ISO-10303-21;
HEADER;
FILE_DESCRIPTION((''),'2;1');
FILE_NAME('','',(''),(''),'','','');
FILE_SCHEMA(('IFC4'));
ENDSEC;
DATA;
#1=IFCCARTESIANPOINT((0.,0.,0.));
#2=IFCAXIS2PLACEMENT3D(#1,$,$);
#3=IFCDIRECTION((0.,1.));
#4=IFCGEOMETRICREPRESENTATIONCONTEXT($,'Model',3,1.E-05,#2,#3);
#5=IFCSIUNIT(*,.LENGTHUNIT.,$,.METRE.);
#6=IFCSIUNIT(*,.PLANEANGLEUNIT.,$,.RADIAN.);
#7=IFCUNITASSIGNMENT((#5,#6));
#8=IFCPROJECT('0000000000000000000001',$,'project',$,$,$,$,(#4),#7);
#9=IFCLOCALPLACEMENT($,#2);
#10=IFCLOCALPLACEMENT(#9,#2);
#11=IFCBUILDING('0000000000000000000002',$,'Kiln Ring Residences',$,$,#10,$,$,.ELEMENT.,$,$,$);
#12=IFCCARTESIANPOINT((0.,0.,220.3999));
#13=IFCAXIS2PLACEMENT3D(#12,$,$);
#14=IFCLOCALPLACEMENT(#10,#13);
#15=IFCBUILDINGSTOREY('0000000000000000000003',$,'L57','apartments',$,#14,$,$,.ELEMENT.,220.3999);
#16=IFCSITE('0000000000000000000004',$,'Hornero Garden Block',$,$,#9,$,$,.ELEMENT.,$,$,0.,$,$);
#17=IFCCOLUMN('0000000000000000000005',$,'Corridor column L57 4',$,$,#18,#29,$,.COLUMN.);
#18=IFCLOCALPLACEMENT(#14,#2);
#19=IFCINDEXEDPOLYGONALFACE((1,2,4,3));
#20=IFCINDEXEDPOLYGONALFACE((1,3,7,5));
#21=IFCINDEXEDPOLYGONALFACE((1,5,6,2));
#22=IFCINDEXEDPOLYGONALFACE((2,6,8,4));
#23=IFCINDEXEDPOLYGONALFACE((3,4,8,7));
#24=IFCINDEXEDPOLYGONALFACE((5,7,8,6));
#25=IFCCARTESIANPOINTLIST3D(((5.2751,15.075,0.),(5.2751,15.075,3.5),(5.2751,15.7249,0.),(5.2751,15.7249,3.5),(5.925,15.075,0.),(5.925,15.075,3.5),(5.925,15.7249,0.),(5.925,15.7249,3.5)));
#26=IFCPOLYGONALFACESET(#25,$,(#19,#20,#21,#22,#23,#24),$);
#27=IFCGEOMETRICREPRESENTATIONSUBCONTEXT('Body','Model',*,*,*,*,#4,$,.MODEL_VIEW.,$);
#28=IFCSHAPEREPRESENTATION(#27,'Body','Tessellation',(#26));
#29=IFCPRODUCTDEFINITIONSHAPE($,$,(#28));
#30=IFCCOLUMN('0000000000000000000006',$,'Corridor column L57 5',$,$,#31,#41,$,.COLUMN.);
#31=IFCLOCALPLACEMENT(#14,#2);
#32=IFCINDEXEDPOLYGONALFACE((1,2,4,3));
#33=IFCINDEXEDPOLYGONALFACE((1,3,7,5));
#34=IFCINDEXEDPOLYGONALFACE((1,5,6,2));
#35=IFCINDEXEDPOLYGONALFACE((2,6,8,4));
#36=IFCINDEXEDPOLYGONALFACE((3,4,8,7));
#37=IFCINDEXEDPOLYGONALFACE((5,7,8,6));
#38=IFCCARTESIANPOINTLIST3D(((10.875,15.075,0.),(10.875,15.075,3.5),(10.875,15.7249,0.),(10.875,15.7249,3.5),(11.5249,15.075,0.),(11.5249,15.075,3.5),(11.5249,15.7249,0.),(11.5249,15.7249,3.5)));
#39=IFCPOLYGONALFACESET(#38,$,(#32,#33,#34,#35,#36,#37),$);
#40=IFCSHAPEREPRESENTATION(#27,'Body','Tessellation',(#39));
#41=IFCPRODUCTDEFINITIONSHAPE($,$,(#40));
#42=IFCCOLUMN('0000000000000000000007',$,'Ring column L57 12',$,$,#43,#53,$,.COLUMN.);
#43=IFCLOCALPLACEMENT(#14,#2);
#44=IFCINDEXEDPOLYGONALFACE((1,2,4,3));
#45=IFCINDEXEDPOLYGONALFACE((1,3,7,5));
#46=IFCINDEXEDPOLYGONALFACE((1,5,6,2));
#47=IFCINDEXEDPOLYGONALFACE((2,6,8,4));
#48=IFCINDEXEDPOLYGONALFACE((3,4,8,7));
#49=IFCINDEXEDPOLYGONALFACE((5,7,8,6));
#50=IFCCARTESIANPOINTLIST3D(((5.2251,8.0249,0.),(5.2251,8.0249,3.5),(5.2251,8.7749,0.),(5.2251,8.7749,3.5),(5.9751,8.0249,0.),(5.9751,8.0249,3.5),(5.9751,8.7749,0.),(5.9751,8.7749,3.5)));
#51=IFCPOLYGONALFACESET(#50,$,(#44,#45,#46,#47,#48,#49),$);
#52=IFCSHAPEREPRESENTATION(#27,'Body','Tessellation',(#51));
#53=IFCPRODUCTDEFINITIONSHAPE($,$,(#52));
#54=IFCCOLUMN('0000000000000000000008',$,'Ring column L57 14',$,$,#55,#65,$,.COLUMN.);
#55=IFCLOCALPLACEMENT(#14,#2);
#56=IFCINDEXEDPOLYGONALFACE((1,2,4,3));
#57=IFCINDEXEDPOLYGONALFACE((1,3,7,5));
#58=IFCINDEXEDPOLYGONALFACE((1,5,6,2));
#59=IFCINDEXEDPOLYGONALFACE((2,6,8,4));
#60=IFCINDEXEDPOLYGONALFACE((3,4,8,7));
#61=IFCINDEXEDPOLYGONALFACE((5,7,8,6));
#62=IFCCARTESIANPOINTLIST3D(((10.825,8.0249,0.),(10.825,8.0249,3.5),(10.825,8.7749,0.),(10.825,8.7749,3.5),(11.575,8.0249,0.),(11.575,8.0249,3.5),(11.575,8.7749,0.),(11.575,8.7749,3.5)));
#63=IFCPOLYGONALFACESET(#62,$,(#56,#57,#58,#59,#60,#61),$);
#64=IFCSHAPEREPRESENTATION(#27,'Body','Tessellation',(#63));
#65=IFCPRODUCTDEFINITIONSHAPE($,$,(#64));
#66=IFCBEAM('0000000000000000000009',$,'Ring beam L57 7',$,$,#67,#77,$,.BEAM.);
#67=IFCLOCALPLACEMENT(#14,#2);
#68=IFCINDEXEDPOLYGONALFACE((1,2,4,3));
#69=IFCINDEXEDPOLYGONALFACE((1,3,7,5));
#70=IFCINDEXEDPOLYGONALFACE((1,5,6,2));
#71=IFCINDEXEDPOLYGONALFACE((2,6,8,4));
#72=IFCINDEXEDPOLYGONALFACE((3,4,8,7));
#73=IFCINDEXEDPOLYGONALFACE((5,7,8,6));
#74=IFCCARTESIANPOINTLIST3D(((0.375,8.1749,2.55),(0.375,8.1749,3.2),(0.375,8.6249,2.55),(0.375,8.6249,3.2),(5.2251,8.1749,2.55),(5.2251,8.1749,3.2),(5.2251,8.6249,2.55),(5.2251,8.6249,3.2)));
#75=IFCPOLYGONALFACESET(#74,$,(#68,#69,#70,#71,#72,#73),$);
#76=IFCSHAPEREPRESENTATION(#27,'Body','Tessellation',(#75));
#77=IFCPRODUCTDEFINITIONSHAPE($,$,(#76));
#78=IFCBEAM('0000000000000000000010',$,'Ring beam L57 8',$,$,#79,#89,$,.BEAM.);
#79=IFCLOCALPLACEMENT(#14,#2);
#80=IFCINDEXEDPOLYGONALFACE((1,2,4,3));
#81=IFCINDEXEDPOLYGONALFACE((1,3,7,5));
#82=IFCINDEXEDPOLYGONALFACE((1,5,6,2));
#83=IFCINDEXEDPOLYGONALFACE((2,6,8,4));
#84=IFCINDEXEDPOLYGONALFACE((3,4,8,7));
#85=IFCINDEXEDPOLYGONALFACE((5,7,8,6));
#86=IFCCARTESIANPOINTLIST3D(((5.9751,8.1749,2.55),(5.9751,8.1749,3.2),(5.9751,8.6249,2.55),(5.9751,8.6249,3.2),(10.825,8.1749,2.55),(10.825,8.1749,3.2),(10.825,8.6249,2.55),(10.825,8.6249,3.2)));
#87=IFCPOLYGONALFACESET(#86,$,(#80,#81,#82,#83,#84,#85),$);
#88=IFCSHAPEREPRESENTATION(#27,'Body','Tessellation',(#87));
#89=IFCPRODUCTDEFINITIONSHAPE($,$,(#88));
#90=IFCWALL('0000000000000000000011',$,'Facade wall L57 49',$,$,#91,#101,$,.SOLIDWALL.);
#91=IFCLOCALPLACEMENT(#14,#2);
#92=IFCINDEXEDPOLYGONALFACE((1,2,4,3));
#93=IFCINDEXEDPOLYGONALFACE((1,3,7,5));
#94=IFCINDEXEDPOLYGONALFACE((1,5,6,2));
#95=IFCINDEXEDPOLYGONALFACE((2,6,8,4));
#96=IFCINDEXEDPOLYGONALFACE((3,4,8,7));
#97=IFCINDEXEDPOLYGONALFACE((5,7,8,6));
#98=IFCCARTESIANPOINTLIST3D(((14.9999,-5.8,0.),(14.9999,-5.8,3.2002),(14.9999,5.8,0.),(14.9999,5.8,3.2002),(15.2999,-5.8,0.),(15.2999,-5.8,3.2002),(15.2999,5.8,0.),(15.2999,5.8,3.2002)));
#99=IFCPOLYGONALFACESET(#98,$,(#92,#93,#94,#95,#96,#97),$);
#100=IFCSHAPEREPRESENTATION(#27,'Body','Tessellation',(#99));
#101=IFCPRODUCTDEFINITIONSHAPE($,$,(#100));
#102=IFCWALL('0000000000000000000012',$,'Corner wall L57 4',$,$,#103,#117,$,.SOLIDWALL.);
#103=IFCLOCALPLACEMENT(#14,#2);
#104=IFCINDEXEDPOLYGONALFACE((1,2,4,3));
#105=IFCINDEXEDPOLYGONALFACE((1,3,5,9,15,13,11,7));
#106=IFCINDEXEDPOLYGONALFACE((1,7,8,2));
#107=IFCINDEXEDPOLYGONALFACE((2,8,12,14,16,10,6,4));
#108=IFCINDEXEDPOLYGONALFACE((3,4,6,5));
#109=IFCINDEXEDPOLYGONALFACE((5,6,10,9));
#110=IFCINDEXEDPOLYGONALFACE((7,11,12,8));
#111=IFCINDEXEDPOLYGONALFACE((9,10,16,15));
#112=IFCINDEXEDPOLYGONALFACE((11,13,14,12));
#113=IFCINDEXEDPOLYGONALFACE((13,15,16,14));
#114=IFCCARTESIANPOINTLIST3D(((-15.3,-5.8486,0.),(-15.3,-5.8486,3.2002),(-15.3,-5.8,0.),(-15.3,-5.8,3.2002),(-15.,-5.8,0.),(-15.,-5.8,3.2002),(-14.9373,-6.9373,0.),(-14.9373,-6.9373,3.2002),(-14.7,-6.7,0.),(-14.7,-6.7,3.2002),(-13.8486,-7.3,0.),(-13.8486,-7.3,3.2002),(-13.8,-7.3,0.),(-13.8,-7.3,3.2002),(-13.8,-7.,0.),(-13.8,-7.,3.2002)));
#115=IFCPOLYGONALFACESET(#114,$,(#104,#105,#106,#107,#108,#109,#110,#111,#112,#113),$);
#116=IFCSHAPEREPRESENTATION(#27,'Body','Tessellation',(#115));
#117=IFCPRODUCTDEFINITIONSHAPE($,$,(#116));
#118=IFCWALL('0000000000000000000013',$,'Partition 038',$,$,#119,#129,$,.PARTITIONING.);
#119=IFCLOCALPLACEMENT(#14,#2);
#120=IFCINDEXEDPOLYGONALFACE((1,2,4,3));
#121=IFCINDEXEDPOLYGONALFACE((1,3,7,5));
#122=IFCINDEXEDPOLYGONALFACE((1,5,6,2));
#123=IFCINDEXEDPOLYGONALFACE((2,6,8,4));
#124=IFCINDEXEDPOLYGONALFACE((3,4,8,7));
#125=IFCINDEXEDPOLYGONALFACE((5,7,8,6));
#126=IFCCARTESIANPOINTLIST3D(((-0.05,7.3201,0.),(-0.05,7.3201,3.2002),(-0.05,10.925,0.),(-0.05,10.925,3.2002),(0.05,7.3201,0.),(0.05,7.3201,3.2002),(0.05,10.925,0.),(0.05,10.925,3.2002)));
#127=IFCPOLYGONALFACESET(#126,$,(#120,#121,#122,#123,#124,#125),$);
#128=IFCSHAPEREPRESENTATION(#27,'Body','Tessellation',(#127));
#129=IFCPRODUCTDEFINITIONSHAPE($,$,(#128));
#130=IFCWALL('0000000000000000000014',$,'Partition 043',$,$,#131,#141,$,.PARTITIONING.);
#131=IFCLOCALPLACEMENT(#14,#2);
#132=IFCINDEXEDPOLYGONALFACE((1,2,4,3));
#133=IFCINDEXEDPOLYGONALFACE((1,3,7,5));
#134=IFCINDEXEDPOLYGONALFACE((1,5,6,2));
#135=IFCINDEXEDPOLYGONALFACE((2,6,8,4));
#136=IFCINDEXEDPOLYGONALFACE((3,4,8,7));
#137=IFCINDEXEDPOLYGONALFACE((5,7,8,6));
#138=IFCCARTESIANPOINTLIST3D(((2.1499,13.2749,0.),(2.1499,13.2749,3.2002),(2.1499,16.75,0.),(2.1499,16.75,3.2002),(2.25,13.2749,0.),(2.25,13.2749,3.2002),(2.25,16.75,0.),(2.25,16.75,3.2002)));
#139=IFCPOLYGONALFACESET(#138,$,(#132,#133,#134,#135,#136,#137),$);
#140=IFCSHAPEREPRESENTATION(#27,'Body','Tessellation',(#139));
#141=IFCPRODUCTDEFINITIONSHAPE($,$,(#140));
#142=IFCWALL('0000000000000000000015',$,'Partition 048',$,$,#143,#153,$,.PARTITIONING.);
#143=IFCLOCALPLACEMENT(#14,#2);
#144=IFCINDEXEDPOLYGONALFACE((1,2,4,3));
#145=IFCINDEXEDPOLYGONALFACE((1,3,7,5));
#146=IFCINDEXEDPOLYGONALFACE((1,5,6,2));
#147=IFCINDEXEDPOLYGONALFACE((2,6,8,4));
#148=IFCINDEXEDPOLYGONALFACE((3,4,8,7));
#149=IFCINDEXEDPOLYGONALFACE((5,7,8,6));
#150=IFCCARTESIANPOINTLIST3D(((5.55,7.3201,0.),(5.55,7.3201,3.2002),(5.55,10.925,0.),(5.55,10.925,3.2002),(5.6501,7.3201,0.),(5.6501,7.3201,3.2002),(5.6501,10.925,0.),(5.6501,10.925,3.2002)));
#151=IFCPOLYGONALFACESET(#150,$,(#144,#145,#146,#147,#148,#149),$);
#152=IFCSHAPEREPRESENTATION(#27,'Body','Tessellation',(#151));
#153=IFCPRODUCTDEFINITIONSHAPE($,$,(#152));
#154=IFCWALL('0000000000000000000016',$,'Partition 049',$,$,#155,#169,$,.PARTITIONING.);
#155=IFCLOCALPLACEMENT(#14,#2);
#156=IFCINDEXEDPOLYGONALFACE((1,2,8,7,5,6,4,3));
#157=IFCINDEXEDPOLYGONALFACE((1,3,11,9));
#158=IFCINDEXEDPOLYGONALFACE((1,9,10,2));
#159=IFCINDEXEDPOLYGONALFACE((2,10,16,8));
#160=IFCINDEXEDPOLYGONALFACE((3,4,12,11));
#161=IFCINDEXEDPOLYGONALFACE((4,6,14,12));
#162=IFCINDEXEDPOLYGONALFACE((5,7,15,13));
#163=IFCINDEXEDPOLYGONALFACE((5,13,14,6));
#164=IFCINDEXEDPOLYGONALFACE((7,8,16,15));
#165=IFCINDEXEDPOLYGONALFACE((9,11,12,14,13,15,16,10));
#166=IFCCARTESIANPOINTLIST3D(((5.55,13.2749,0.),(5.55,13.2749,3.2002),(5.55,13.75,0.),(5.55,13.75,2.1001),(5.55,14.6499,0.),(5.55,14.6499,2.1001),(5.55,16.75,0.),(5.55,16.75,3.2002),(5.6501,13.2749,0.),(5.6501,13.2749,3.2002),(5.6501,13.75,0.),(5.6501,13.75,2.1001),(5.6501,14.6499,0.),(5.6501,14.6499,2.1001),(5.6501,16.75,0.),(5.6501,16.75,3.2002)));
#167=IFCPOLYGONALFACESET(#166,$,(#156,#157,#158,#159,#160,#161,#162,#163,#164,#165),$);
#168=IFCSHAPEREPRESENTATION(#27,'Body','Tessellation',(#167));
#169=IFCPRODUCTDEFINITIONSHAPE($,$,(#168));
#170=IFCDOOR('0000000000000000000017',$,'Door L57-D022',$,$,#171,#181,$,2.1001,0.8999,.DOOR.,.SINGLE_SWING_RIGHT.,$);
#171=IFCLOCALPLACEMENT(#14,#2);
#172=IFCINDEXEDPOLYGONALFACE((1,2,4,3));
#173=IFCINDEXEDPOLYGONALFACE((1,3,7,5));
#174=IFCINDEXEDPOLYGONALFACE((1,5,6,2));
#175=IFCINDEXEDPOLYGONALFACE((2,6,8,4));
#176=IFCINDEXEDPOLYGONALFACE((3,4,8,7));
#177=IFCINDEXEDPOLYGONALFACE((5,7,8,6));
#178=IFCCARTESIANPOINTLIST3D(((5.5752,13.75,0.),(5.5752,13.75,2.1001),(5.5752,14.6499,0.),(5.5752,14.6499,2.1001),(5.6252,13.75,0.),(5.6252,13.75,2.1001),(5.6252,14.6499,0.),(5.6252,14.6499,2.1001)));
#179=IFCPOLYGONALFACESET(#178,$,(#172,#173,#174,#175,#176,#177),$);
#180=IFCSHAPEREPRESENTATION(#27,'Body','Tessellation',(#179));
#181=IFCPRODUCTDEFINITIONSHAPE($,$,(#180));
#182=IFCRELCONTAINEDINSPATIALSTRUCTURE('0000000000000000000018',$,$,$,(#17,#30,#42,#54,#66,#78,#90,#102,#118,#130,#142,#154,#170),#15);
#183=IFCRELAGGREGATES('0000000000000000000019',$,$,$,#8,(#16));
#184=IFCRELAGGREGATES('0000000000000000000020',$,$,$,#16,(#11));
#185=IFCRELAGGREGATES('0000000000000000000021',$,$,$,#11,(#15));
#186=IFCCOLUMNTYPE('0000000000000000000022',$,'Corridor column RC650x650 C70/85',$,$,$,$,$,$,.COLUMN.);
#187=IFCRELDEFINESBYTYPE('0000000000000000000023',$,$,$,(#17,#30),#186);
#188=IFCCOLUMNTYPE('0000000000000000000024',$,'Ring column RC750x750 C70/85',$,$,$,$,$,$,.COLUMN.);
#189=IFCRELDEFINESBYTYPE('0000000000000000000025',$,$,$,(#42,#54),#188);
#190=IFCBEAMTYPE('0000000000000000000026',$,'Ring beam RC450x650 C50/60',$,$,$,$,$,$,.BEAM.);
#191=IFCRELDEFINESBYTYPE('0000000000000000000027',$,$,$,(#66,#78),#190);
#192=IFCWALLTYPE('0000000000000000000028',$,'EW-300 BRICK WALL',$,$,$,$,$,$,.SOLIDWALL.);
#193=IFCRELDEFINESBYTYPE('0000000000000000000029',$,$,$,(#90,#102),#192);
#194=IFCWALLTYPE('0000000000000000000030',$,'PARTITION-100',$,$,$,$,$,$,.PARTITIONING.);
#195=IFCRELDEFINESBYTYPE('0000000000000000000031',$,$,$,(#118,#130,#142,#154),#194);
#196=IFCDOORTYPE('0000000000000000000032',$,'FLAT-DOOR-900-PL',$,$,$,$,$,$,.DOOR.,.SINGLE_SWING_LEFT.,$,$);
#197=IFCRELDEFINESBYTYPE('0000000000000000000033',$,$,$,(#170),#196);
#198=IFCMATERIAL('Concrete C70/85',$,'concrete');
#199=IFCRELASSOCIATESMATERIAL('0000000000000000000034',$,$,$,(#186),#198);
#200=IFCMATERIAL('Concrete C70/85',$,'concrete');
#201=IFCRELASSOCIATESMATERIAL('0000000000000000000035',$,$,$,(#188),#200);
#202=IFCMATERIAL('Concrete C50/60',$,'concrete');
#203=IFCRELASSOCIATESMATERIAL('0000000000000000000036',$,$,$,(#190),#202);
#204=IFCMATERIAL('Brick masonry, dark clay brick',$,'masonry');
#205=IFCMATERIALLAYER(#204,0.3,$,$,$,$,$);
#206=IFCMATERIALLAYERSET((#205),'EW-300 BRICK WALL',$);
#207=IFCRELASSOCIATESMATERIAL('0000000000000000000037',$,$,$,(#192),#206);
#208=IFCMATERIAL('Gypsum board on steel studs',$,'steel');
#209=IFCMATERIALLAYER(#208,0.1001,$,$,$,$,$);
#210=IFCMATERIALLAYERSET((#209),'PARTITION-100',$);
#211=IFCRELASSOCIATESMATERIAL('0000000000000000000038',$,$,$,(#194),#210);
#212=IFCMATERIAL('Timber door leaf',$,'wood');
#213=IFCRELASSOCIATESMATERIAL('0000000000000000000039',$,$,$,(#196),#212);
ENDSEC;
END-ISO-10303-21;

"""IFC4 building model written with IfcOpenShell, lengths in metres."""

from ifc_helpers import new_model, si_unit, direction, frame, frame_2d, origin, origin_2d, place, context, subcontext, project, spatial, polyline, rectangle, outline, extrude, material, layer, layer_set, material_profile, profile_set, type_object, element, fill, save


model = new_model("IFC4")

# Units and contexts
model_context = context("Model", 3, precision=1e-05, world=origin(), true_north=direction((0.0, 1.0)))
body_context = subcontext(model_context, "Body", "Model", "MODEL_VIEW")
ifc_project = project(units=[si_unit("LENGTHUNIT", "METRE"), si_unit("PLANEANGLEUNIT", "RADIAN")], contexts=[model_context])

# Site, building, storey
site_placement = place(None, origin())
site = spatial("IfcSite", under=ifc_project, at=site_placement, Name="Hornero Garden Block", CompositionType="ELEMENT", RefElevation=0.0)
building_placement = place(site_placement, origin())
building = spatial("IfcBuilding", under=site, at=building_placement, Name="Kiln Ring Residences", CompositionType="ELEMENT")
storey_placement = place(building_placement, frame((0.0, 0.0, 220.3999)))
storey = spatial("IfcBuildingStorey", under=building, at=storey_placement, Name="L57", Description="apartments", CompositionType="ELEMENT", Elevation=220.3999)

# Columns
ifc_material_1 = material(Name="Concrete C70/85", Category="concrete")
ifc_material_profile_1 = material_profile(ifc_material_1, rectangle(XDim=0.6499, YDim=0.6499, at=origin_2d()), Name="RC650x650")
ifc_profile_set_1 = profile_set([ifc_material_profile_1], Name="Concrete C70/85")
column_type_1 = type_object("IfcColumnType", Name="Corridor column RC650x650 C70/85", PredefinedType="COLUMN", material=ifc_profile_set_1)
for number, where, z_axis, x_axis, name in (
    (1, (5.6001, 15.3999, 0.0), (0.0, 0.0, 1.0), (1.0, 0.0, 0.0), "Corridor column L57 4"),
    (2, (11.2, 15.3999, 0.0), (0.0, 0.0, 1.0), (1.0, 0.0, 0.0), "Corridor column L57 5"),
):
    element("IfcColumn", number, at=place(storey_placement, frame(where, z_axis=z_axis, x_axis=x_axis)), inside=storey, type_object=column_type_1, Name=name, PredefinedType="COLUMN", context=body_context, shape_type="SweptSolid", body=[
        extrude(rectangle(XDim=0.6499, YDim=0.6499, at=origin_2d()), origin(), (0.0, 0.0, 1.0), 3.5),
    ])
ifc_material_2 = material(Name="Concrete C70/85", Category="concrete")
ifc_material_profile_2 = material_profile(ifc_material_2, rectangle(XDim=0.75, YDim=0.75, at=origin_2d()), Name="RC750x750")
ifc_profile_set_2 = profile_set([ifc_material_profile_2], Name="Concrete C70/85")
column_type_2 = type_object("IfcColumnType", Name="Ring column RC750x750 C70/85", PredefinedType="COLUMN", material=ifc_profile_set_2)
for number, where, z_axis, x_axis, name in (
    (3, (5.6001, 8.3999, 0.0), (0.0, 0.0, 1.0), (1.0, 0.0, 0.0), "Ring column L57 12"),
    (4, (11.2, 8.3999, 0.0), (0.0, 0.0, 1.0), (1.0, 0.0, 0.0), "Ring column L57 14"),
):
    element("IfcColumn", number, at=place(storey_placement, frame(where, z_axis=z_axis, x_axis=x_axis)), inside=storey, type_object=column_type_2, Name=name, PredefinedType="COLUMN", context=body_context, shape_type="SweptSolid", body=[
        extrude(rectangle(XDim=0.75, YDim=0.75, at=origin_2d()), origin(), (0.0, 0.0, 1.0), 3.5),
    ])

# Beams
ifc_material_3 = material(Name="Concrete C50/60", Category="concrete")
ifc_material_profile_3 = material_profile(ifc_material_3, rectangle(XDim=0.45, YDim=0.6499, at=origin_2d()), Name="RC450x650")
ifc_profile_set_3 = profile_set([ifc_material_profile_3], Name="Concrete C50/60")
beam_type = type_object("IfcBeamType", Name="Ring beam RC450x650 C50/60", PredefinedType="BEAM", material=ifc_profile_set_3)
beam_1_placement = place(storey_placement, frame((0.375, 8.3999, 2.875), z_axis=(1.0, 0.0, 0.0), x_axis=(0.0, 1.0, 0.0)))
element("IfcBeam", 5, at=beam_1_placement, inside=storey, type_object=beam_type, Name="Ring beam L57 7", PredefinedType="BEAM", context=body_context, shape_type="SweptSolid", body=[
    extrude(rectangle(XDim=0.45, YDim=0.6499, at=origin_2d()), origin(), (0.0, 0.0, 1.0), 4.8501),
])
beam_2_placement = place(storey_placement, frame((5.9751, 8.3999, 2.875), z_axis=(1.0, 0.0, 0.0), x_axis=(0.0, 1.0, 0.0)))
element("IfcBeam", 6, at=beam_2_placement, inside=storey, type_object=beam_type, Name="Ring beam L57 8", PredefinedType="BEAM", context=body_context, shape_type="SweptSolid", body=[
    extrude(rectangle(XDim=0.45, YDim=0.6499, at=origin_2d()), origin(), (0.0, 0.0, 1.0), 4.8499),
])

# Walls
ifc_material_4 = material(Name="Brick masonry, dark clay brick", Category="masonry")
ifc_layer_1 = layer(ifc_material_4, 0.3)
ifc_layer_set_1 = layer_set([ifc_layer_1], Name="EW-300 BRICK WALL")
wall_type_1 = type_object("IfcWallType", Name="EW-300 BRICK WALL", PredefinedType="SOLIDWALL", material=ifc_layer_set_1)
wall_1_placement = place(storey_placement, frame((15.1499, 5.8, 0.0), z_axis=(0.0, 0.0, 1.0), x_axis=(0.0, -1.0, 0.0)))
element("IfcWall", 7, at=wall_1_placement, inside=storey, type_object=wall_type_1, Name="Facade wall L57 49", PredefinedType="SOLIDWALL", context=body_context, shape_type="SweptSolid", body=[
    extrude(rectangle(XDim=11.6001, YDim=0.3, at=frame_2d((5.8, 0.0))), origin(), (0.0, 0.0, 1.0), 3.2002),
])
wall_2_placement = place(storey_placement, origin())
element("IfcWall", 8, at=wall_2_placement, inside=storey, type_object=wall_type_1, Name="Corner wall L57 4", PredefinedType="SOLIDWALL", context=body_context, shape_type="SweptSolid", body=[
    extrude(outline(polyline([(-14.9373, -6.9373), (-13.8486, -7.3), (-13.8, -7.3), (-13.8, -7.0), (-14.7, -6.7), (-15.0, -5.8), (-15.3, -5.8), (-15.3, -5.8486), (-14.9373, -6.9373)])), origin(), (0.0, 0.0, 1.0), 3.2002),
])
ifc_material_5 = material(Name="Gypsum board on steel studs", Category="steel")
ifc_layer_2 = layer(ifc_material_5, 0.1001)
ifc_layer_set_2 = layer_set([ifc_layer_2], Name="PARTITION-100")
wall_type_2 = type_object("IfcWallType", Name="PARTITION-100", PredefinedType="PARTITIONING", material=ifc_layer_set_2)
wall_3_placement = place(storey_placement, frame((0.0, 7.3201, 0.0), z_axis=(0.0, 0.0, 1.0), x_axis=(0.0, 1.0, 0.0)))
element("IfcWall", 9, at=wall_3_placement, inside=storey, type_object=wall_type_2, Name="Partition 038", PredefinedType="PARTITIONING", context=body_context, shape_type="SweptSolid", body=[
    extrude(rectangle(XDim=3.605, YDim=0.1001, at=frame_2d((1.8025, 0.0))), origin(), (0.0, 0.0, 1.0), 3.2002),
])
wall_4_placement = place(storey_placement, frame((2.2, 13.2749, 0.0), z_axis=(0.0, 0.0, 1.0), x_axis=(0.0, 1.0, 0.0)))
element("IfcWall", 10, at=wall_4_placement, inside=storey, type_object=wall_type_2, Name="Partition 043", PredefinedType="PARTITIONING", context=body_context, shape_type="SweptSolid", body=[
    extrude(rectangle(XDim=3.4751, YDim=0.1001, at=frame_2d((1.7375, 0.0))), origin(), (0.0, 0.0, 1.0), 3.2002),
])
wall_5_placement = place(storey_placement, frame((5.6001, 7.3201, 0.0), z_axis=(0.0, 0.0, 1.0), x_axis=(0.0, 1.0, 0.0)))
element("IfcWall", 11, at=wall_5_placement, inside=storey, type_object=wall_type_2, Name="Partition 048", PredefinedType="PARTITIONING", context=body_context, shape_type="SweptSolid", body=[
    extrude(rectangle(XDim=3.605, YDim=0.1001, at=frame_2d((1.8025, 0.0))), origin(), (0.0, 0.0, 1.0), 3.2002),
])

# Wall, opening, door
wall_6_placement = place(storey_placement, frame((5.6001, 13.2749, 0.0), z_axis=(0.0, 0.0, 1.0), x_axis=(0.0, 1.0, 0.0)))
wall_6 = element("IfcWall", 12, at=wall_6_placement, inside=storey, type_object=wall_type_2, Name="Partition 049", PredefinedType="PARTITIONING", context=body_context, shape_type="SweptSolid", body=[
    extrude(rectangle(XDim=3.4751, YDim=0.1001, at=frame_2d((1.7375, 0.0))), origin(), (0.0, 0.0, 1.0), 3.2002),
])
opening_1_placement = place(wall_6_placement, frame((0.4751, 0.0, 0.0)))
opening_1 = element("IfcOpeningElement", 13, at=opening_1_placement, cuts=wall_6, PredefinedType="OPENING", context=body_context, shape_type="SweptSolid", body=[
    extrude(rectangle(XDim=0.8999, YDim=2.1001, at=frame_2d((0.45, 1.05))), frame((0.0, 0.0601, 0.0), z_axis=(0.0, -1.0, 0.0), x_axis=(1.0, 0.0, 0.0)), (0.0, 0.0, 1.0), 0.1201),
])
ifc_material_6 = material(Name="Timber door leaf", Category="wood")
door_type_1 = type_object("IfcDoorType", Name="FLAT-DOOR-900-PL", OperationType="SINGLE_SWING_LEFT", PredefinedType="DOOR", material=ifc_material_6)
door_1_placement = place(opening_1_placement, origin())
door_1 = element("IfcDoor", 14, at=door_1_placement, inside=storey, type_object=door_type_1, Name="Door L57-D022", OperationType="SINGLE_SWING_RIGHT", OverallHeight=2.1001, OverallWidth=0.8999, PredefinedType="DOOR", context=body_context, shape_type="SweptSolid", body=[
    extrude(rectangle(XDim=0.8999, YDim=2.1001, at=frame_2d((0.45, 1.05))), frame((0.0, 0.0249, 0.0), z_axis=(0.0, -1.0, 0.0), x_axis=(1.0, 0.0, 0.0)), (0.0, 0.0, 1.0), 0.05),
])
fill(opening_1, door_1)

save(model, "model.ifc")
